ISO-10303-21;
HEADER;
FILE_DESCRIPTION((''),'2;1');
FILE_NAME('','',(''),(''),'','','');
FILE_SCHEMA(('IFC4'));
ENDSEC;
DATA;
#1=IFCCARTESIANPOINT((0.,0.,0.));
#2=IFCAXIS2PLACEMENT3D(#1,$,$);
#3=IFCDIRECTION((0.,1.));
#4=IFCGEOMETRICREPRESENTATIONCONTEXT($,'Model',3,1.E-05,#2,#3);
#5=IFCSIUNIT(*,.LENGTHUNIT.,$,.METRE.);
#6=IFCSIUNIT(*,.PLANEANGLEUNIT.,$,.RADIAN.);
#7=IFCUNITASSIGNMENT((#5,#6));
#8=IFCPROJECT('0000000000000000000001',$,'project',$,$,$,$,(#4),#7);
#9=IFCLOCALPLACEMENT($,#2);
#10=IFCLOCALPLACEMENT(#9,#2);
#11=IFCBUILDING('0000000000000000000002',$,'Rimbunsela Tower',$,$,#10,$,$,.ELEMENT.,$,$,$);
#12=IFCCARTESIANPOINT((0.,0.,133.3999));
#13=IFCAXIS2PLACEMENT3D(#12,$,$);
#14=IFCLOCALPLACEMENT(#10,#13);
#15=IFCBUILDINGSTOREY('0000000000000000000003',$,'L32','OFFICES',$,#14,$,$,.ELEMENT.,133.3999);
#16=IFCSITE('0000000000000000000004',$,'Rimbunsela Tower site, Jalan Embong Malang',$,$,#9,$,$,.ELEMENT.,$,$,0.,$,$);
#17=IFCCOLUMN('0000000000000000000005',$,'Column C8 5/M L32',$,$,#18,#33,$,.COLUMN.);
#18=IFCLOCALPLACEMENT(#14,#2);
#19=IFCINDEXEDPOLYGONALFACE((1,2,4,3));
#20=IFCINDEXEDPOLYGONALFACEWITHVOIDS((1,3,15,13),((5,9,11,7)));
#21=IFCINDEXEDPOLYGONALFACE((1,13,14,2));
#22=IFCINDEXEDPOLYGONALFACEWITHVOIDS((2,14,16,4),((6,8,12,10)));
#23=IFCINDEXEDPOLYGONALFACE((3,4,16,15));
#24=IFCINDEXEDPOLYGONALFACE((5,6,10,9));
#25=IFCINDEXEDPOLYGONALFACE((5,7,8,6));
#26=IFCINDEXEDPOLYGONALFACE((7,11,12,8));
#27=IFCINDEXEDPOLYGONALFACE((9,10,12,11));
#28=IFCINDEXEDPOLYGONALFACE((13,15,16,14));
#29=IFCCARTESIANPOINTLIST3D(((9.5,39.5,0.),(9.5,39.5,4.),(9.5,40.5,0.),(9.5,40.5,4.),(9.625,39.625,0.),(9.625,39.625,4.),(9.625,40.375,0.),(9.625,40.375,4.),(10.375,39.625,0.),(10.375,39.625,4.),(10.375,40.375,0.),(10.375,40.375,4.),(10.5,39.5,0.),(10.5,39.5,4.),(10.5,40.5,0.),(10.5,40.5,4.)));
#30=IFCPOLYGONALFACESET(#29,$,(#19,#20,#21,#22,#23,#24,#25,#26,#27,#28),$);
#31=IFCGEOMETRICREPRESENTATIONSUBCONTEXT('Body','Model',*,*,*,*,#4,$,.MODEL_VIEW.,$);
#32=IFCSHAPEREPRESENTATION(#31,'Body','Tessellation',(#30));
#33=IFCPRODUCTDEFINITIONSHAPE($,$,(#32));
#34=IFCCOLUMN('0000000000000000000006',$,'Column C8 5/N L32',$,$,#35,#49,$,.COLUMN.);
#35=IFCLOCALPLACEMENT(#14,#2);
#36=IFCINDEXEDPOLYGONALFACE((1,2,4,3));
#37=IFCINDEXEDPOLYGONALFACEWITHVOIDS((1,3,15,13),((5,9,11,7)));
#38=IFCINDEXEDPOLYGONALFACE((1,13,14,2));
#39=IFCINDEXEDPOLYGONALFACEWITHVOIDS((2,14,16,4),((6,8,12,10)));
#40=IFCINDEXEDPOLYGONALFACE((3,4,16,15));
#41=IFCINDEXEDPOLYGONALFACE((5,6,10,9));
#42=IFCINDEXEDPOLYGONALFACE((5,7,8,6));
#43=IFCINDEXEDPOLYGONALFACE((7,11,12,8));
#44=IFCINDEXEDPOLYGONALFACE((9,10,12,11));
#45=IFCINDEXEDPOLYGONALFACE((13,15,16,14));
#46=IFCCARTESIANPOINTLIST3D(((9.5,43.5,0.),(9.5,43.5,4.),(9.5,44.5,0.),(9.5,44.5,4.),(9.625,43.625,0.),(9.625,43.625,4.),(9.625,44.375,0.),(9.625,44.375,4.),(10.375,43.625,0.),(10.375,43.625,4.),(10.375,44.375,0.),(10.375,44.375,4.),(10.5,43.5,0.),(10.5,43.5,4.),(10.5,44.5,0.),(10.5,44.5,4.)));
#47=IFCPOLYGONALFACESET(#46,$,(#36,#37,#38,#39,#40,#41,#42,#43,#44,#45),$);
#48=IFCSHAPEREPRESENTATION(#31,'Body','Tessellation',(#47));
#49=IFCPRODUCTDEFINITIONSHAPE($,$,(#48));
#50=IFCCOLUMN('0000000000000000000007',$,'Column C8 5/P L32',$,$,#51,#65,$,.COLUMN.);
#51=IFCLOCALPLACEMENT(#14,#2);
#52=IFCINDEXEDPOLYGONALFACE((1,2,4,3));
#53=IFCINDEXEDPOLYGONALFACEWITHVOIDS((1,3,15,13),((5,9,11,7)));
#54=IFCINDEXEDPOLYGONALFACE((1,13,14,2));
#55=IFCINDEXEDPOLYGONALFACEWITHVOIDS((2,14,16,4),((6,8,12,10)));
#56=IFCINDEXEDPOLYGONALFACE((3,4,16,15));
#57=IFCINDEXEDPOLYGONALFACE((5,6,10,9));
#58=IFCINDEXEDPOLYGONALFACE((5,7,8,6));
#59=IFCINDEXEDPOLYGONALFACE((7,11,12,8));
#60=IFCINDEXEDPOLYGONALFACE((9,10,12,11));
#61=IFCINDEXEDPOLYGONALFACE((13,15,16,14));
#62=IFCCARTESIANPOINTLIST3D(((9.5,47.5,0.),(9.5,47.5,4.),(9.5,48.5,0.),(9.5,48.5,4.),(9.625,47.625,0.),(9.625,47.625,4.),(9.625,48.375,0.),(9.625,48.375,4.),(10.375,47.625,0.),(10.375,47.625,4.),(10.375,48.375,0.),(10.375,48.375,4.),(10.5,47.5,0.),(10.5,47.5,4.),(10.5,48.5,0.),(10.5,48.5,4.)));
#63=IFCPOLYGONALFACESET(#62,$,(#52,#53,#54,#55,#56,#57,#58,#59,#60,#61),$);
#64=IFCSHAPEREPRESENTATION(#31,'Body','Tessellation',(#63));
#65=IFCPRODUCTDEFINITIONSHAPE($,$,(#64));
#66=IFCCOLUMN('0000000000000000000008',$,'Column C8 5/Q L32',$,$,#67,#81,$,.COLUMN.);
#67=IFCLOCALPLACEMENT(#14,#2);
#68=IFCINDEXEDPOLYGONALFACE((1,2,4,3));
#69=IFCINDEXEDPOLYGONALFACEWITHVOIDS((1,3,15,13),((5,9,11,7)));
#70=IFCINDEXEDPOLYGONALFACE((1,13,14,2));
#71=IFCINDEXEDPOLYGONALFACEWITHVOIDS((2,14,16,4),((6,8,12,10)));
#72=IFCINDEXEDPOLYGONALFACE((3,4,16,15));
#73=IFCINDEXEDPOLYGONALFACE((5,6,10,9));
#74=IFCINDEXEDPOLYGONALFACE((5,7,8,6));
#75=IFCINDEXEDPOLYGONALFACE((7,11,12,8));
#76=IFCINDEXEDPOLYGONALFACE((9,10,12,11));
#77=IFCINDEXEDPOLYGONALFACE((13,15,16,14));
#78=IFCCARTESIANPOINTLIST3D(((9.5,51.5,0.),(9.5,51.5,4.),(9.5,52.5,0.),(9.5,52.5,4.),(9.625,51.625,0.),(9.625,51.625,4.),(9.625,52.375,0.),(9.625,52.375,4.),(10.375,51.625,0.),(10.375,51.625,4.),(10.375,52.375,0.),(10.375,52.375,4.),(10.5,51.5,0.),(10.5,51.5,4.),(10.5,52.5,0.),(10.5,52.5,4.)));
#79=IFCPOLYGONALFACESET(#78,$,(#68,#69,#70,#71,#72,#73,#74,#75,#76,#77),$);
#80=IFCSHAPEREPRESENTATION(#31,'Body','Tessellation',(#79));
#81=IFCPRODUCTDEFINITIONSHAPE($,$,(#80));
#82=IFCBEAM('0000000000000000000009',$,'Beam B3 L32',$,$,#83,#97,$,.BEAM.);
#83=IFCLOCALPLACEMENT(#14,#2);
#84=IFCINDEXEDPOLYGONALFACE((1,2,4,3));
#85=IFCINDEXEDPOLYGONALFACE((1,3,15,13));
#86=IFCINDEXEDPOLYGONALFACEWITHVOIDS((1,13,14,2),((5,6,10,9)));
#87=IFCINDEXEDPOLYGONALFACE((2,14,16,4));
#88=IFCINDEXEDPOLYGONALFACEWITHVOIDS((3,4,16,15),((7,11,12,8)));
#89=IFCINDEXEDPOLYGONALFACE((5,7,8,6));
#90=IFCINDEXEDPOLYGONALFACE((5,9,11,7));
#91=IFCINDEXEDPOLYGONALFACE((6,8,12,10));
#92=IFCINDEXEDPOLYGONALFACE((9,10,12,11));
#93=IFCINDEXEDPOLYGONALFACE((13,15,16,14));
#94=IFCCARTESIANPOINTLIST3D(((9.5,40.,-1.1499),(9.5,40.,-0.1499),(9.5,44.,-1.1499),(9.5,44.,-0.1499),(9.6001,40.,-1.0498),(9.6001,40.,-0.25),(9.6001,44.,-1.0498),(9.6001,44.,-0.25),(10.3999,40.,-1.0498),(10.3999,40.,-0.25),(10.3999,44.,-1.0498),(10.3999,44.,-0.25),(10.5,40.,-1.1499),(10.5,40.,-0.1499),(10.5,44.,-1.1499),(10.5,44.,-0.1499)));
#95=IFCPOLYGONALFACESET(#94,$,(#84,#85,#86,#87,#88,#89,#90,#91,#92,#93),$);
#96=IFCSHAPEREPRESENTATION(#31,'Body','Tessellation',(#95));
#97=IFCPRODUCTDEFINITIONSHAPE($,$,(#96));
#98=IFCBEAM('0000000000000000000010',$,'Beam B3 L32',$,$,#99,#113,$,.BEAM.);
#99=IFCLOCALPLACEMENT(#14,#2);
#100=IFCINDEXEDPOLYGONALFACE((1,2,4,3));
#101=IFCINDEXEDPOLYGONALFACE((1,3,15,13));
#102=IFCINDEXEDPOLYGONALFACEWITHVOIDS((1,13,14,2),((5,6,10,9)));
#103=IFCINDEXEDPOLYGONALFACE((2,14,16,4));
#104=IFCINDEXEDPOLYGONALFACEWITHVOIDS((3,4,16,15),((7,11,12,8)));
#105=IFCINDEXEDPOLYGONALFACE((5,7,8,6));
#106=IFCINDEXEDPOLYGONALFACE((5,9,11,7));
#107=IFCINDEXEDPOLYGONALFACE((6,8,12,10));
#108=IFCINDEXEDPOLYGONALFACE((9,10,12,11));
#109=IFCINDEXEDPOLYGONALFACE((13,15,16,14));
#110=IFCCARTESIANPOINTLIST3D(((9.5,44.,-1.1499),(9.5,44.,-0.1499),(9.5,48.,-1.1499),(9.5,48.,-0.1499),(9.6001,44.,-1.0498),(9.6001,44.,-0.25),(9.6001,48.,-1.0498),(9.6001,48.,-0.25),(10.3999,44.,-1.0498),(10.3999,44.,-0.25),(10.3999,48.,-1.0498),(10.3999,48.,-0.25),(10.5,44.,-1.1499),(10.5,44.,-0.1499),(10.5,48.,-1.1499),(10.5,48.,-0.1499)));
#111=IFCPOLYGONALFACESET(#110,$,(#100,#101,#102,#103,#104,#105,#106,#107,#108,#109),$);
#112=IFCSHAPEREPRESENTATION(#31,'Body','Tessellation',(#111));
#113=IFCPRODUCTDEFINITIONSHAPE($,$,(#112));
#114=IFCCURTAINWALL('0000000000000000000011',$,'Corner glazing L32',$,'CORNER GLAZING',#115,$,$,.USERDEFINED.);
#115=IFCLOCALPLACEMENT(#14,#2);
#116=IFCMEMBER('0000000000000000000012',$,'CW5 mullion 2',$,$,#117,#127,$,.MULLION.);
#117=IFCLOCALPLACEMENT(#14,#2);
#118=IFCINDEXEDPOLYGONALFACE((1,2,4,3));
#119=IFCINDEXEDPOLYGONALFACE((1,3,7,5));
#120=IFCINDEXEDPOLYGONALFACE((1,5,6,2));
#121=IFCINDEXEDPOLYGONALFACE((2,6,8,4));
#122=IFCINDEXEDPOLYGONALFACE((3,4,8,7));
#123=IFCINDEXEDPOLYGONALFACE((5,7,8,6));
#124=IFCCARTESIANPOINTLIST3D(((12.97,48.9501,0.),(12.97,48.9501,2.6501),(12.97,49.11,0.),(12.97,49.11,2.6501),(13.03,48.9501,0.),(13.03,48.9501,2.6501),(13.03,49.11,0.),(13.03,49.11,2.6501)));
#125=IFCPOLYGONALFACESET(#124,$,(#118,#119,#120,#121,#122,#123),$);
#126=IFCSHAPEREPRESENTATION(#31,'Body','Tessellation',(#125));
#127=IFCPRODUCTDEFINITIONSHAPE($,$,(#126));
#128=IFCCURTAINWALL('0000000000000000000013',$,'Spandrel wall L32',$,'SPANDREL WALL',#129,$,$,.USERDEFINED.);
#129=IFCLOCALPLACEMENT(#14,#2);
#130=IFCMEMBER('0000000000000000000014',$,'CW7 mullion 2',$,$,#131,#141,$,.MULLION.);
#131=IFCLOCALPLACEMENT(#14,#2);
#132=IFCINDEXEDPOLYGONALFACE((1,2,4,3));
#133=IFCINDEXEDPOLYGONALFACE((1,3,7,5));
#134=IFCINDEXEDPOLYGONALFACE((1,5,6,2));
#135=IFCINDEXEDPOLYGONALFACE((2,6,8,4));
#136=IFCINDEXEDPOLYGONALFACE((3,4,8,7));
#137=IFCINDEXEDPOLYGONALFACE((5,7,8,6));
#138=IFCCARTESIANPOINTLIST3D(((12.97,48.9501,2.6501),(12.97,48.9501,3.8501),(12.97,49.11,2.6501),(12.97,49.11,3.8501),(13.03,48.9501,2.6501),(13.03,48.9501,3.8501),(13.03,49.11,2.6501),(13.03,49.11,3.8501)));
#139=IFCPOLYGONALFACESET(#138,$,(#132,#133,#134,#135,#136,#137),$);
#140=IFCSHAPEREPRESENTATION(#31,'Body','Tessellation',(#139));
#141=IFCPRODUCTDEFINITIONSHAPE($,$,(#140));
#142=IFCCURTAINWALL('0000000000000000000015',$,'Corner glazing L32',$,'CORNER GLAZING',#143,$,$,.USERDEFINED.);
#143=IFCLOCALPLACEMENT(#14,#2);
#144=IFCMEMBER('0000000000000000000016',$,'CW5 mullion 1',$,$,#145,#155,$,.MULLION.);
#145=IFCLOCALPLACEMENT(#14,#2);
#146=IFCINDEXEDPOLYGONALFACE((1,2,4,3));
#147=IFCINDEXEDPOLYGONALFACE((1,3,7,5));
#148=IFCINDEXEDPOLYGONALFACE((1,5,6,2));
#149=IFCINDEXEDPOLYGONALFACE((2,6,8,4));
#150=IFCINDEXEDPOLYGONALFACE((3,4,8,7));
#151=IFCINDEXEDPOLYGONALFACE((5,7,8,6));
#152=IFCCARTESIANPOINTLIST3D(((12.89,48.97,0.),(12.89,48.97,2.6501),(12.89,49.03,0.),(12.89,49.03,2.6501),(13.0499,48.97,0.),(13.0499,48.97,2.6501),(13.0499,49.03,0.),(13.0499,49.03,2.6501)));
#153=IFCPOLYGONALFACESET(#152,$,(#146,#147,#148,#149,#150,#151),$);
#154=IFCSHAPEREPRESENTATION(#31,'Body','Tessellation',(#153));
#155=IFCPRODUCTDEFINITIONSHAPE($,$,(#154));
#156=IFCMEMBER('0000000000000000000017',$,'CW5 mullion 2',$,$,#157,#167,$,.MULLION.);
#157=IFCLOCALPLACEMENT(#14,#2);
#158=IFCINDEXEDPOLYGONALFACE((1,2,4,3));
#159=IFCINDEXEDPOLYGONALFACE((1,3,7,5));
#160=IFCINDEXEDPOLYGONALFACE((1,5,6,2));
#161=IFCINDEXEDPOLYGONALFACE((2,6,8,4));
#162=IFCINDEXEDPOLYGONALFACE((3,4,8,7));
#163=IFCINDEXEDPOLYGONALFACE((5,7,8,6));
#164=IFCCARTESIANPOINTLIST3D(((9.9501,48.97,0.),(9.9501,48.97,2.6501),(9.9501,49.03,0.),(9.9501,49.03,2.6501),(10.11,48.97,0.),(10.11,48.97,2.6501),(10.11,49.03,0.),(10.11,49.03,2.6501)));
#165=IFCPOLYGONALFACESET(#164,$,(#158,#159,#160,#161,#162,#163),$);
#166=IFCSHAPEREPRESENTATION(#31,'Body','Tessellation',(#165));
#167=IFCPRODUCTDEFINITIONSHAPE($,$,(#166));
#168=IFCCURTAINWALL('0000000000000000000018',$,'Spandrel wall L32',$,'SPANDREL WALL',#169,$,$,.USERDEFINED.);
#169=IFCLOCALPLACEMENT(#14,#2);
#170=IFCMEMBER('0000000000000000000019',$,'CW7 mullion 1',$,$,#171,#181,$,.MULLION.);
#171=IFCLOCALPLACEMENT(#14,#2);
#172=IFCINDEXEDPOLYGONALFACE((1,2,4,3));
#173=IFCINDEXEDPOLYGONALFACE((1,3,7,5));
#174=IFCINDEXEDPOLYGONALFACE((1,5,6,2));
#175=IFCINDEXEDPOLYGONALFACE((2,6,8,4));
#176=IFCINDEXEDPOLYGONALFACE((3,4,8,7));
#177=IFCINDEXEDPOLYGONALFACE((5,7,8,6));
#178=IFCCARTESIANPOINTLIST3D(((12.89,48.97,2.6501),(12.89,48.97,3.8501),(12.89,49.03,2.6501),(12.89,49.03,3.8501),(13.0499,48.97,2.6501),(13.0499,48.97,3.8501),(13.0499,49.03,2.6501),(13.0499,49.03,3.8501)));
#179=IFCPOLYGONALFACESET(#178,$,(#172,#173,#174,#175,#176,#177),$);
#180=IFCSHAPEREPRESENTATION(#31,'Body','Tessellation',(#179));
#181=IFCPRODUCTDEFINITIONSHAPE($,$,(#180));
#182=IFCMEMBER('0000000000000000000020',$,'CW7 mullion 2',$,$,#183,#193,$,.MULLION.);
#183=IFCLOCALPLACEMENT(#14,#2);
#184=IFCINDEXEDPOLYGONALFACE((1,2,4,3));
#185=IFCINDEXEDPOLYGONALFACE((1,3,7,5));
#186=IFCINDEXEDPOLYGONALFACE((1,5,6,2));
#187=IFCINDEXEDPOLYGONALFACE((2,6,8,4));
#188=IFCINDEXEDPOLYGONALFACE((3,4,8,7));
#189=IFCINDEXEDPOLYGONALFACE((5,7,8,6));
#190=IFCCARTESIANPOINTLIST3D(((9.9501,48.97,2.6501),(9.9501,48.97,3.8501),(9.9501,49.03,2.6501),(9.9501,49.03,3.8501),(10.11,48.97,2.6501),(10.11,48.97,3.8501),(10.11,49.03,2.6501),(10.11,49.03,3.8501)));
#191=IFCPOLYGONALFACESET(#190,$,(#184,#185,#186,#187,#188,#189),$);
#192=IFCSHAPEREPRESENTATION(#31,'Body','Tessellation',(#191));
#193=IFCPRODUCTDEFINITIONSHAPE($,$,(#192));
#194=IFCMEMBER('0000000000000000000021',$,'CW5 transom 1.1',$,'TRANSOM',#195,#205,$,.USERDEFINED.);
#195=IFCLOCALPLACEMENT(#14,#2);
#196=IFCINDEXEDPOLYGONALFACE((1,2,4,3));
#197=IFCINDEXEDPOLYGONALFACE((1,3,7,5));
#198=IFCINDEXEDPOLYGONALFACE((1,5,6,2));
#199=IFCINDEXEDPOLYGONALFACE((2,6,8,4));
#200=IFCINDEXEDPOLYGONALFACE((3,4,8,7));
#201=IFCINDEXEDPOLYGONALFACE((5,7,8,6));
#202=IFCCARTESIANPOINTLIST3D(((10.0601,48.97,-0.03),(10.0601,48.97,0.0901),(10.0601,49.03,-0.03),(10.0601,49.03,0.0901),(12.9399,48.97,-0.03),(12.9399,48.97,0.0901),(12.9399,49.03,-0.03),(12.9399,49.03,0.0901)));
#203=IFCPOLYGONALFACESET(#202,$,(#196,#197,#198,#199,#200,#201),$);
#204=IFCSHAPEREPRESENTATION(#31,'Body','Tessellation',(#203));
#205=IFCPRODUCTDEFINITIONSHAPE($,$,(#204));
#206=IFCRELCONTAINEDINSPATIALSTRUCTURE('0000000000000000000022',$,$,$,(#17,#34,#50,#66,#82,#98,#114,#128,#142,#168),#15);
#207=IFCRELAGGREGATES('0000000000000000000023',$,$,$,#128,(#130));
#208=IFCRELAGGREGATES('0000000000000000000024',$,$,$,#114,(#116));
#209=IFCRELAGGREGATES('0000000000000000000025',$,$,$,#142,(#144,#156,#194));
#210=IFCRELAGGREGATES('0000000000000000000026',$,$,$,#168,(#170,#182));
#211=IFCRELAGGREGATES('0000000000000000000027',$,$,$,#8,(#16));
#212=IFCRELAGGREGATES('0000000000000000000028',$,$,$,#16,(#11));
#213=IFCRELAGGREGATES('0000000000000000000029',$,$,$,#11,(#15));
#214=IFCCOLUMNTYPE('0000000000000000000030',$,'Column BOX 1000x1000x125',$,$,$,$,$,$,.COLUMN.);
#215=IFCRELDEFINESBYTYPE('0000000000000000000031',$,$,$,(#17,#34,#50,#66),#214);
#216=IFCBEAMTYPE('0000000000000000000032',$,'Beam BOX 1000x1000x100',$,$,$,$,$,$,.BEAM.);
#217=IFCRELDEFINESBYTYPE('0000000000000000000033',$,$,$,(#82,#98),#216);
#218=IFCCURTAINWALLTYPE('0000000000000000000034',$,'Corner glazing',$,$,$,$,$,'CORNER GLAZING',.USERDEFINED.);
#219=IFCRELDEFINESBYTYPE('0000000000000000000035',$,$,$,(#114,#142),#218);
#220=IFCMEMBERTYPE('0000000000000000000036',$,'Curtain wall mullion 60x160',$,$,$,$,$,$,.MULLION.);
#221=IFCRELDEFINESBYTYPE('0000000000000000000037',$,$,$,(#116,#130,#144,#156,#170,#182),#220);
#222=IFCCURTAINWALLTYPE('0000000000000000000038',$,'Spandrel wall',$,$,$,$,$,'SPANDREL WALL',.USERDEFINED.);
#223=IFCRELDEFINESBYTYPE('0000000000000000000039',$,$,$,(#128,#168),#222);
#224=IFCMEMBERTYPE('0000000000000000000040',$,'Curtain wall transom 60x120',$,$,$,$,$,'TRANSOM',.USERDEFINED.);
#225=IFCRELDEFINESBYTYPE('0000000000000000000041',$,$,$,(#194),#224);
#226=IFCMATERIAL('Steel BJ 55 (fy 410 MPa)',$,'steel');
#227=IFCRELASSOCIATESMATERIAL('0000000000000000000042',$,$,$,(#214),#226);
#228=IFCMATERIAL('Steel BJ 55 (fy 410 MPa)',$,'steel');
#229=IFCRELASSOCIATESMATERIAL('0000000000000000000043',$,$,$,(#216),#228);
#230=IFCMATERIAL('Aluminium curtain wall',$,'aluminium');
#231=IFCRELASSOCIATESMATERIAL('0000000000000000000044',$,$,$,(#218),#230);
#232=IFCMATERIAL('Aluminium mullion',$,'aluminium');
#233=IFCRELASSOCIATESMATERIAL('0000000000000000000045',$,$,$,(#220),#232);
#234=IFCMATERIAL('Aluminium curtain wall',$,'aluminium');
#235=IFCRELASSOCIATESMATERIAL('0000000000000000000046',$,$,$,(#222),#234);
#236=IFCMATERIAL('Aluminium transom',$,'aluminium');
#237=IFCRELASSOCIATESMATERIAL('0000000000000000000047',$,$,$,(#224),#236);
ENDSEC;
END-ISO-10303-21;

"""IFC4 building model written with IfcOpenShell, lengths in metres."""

from ifc_helpers import new_model, si_unit, direction, frame, origin, origin_2d, place, context, subcontext, project, spatial, rectangle, hollow_rectangle, extrude, material, material_profile, profile_set, type_object, element, aggregate, save


model = new_model("IFC4")

# Units and contexts
model_context = context("Model", 3, precision=1e-05, world=origin(), true_north=direction((0.0, 1.0)))
body_context = subcontext(model_context, "Body", "Model", "MODEL_VIEW")
ifc_project = project(units=[si_unit("LENGTHUNIT", "METRE"), si_unit("PLANEANGLEUNIT", "RADIAN")], contexts=[model_context])

# Site, building, storey
site_placement = place(None, origin())
site = spatial("IfcSite", under=ifc_project, at=site_placement, Name="Rimbunsela Tower site, Jalan Embong Malang", CompositionType="ELEMENT", RefElevation=0.0)
building_placement = place(site_placement, origin())
building = spatial("IfcBuilding", under=site, at=building_placement, Name="Rimbunsela Tower", CompositionType="ELEMENT")
storey_placement = place(building_placement, frame((0.0, 0.0, 133.3999)))
storey = spatial("IfcBuildingStorey", under=building, at=storey_placement, Name="L32", Description="OFFICES", CompositionType="ELEMENT", Elevation=133.3999)

# Columns
ifc_material_1 = material(Name="Steel BJ 55 (fy 410 MPa)", Category="steel")
ifc_material_profile_1 = material_profile(ifc_material_1, hollow_rectangle(XDim=1.0, YDim=1.0, WallThickness=0.125, at=origin_2d()), Name="BOX 1000x1000x125")
ifc_profile_set_1 = profile_set([ifc_material_profile_1], Name="Steel BJ 55 (fy 410 MPa)")
column_type = type_object("IfcColumnType", Name="Column BOX 1000x1000x125", PredefinedType="COLUMN", material=ifc_profile_set_1)
for number, where, z_axis, x_axis, name in (
    (1, (10.0, 40.0, 0.0), (0.0, 0.0, 1.0), (1.0, 0.0, 0.0), "Column C8 5/M L32"),
    (2, (10.0, 44.0, 0.0), (0.0, 0.0, 1.0), (1.0, 0.0, 0.0), "Column C8 5/N L32"),
    (3, (10.0, 48.0, 0.0), (0.0, 0.0, 1.0), (1.0, 0.0, 0.0), "Column C8 5/P L32"),
    (4, (10.0, 52.0, 0.0), (0.0, 0.0, 1.0), (1.0, 0.0, 0.0), "Column C8 5/Q L32"),
):
    element("IfcColumn", number, at=place(storey_placement, frame(where, z_axis=z_axis, x_axis=x_axis)), inside=storey, type_object=column_type, Name=name, PredefinedType="COLUMN", context=body_context, shape_type="SweptSolid", body=[
        extrude(hollow_rectangle(XDim=1.0, YDim=1.0, WallThickness=0.125, at=origin_2d()), origin(), (0.0, 0.0, 1.0), 4.0),
    ])

# Beams
ifc_material_2 = material(Name="Steel BJ 55 (fy 410 MPa)", Category="steel")
ifc_material_profile_2 = material_profile(ifc_material_2, hollow_rectangle(XDim=1.0, YDim=1.0, WallThickness=0.1001, at=origin_2d()), Name="BOX 1000x1000x100")
ifc_profile_set_2 = profile_set([ifc_material_profile_2], Name="Steel BJ 55 (fy 410 MPa)")
beam_type = type_object("IfcBeamType", Name="Beam BOX 1000x1000x100", PredefinedType="BEAM", material=ifc_profile_set_2)
for number, where, z_axis, x_axis, name in (
    (5, (10.0, 40.0, -0.6499), (0.0, 1.0, 0.0), (-1.0, 0.0, 0.0), "Beam B3 L32"),
    (6, (10.0, 44.0, -0.6499), (0.0, 1.0, 0.0), (-1.0, 0.0, 0.0), "Beam B3 L32"),
):
    element("IfcBeam", number, at=place(storey_placement, frame(where, z_axis=z_axis, x_axis=x_axis)), inside=storey, type_object=beam_type, Name=name, PredefinedType="BEAM", context=body_context, shape_type="SweptSolid", body=[
        extrude(hollow_rectangle(XDim=1.0, YDim=1.0, WallThickness=0.1001, at=origin_2d()), origin(), (0.0, 0.0, 1.0), 4.0),
    ])

# Curtain walls, members
ifc_material_3 = material(Name="Aluminium curtain wall", Category="aluminium")
curtain_wall_type_1 = type_object("IfcCurtainWallType", Name="Corner glazing", ElementType="CORNER GLAZING", PredefinedType="USERDEFINED", material=ifc_material_3)
curtain_wall_1_placement = place(storey_placement, origin())
curtain_wall_1 = element("IfcCurtainWall", 7, at=curtain_wall_1_placement, inside=storey, type_object=curtain_wall_type_1, Name="Corner glazing L32", ObjectType="CORNER GLAZING", PredefinedType="USERDEFINED")
ifc_material_4 = material(Name="Aluminium mullion", Category="aluminium")
ifc_material_profile_3 = material_profile(ifc_material_4, rectangle(XDim=0.0601, YDim=0.1599, at=origin_2d()), Name="Mullion 60x160")
ifc_profile_set_3 = profile_set([ifc_material_profile_3], Name="Aluminium mullion")
member_type_1 = type_object("IfcMemberType", Name="Curtain wall mullion 60x160", PredefinedType="MULLION", material=ifc_profile_set_3)
member_1_placement = place(storey_placement, frame((13.0, 49.03, 0.0), z_axis=(0.0, 0.0, 1.0), x_axis=(1.0, 0.0, 0.0)))
member_1 = element("IfcMember", 8, at=member_1_placement, type_object=member_type_1, Name="CW5 mullion 2", PredefinedType="MULLION", context=body_context, shape_type="SweptSolid", body=[
    extrude(rectangle(XDim=0.0601, YDim=0.1599, at=origin_2d()), origin(), (0.0, 0.0, 1.0), 2.6501),
])
ifc_material_5 = material(Name="Aluminium curtain wall", Category="aluminium")
curtain_wall_type_2 = type_object("IfcCurtainWallType", Name="Spandrel wall", ElementType="SPANDREL WALL", PredefinedType="USERDEFINED", material=ifc_material_5)
curtain_wall_2_placement = place(storey_placement, origin())
curtain_wall_2 = element("IfcCurtainWall", 9, at=curtain_wall_2_placement, inside=storey, type_object=curtain_wall_type_2, Name="Spandrel wall L32", ObjectType="SPANDREL WALL", PredefinedType="USERDEFINED")
member_2_placement = place(storey_placement, frame((13.0, 49.03, 2.6501), z_axis=(0.0, 0.0, 1.0), x_axis=(1.0, 0.0, 0.0)))
member_2 = element("IfcMember", 10, at=member_2_placement, type_object=member_type_1, Name="CW7 mullion 2", PredefinedType="MULLION", context=body_context, shape_type="SweptSolid", body=[
    extrude(rectangle(XDim=0.0601, YDim=0.1599, at=origin_2d()), origin(), (0.0, 0.0, 1.0), 1.2),
])
aggregate(curtain_wall_2, [member_2])

# Curtain walls, members
curtain_wall_3_placement = place(storey_placement, origin())
curtain_wall_3 = element("IfcCurtainWall", 11, at=curtain_wall_3_placement, inside=storey, type_object=curtain_wall_type_1, Name="Corner glazing L32", ObjectType="CORNER GLAZING", PredefinedType="USERDEFINED")
member_3_placement = place(storey_placement, frame((12.97, 49.0, 0.0), z_axis=(0.0, 0.0, 1.0), x_axis=(0.0, -1.0, 0.0)))
member_3 = element("IfcMember", 12, at=member_3_placement, type_object=member_type_1, Name="CW5 mullion 1", PredefinedType="MULLION", context=body_context, shape_type="SweptSolid", body=[
    extrude(rectangle(XDim=0.0601, YDim=0.1599, at=origin_2d()), origin(), (0.0, 0.0, 1.0), 2.6501),
])
member_4_placement = place(storey_placement, frame((10.03, 49.0, 0.0), z_axis=(0.0, 0.0, 1.0), x_axis=(0.0, -1.0, 0.0)))
member_4 = element("IfcMember", 13, at=member_4_placement, type_object=member_type_1, Name="CW5 mullion 2", PredefinedType="MULLION", context=body_context, shape_type="SweptSolid", body=[
    extrude(rectangle(XDim=0.0601, YDim=0.1599, at=origin_2d()), origin(), (0.0, 0.0, 1.0), 2.6501),
])
curtain_wall_4_placement = place(storey_placement, origin())
curtain_wall_4 = element("IfcCurtainWall", 14, at=curtain_wall_4_placement, inside=storey, type_object=curtain_wall_type_2, Name="Spandrel wall L32", ObjectType="SPANDREL WALL", PredefinedType="USERDEFINED")
member_5_placement = place(storey_placement, frame((12.97, 49.0, 2.6501), z_axis=(0.0, 0.0, 1.0), x_axis=(0.0, -1.0, 0.0)))
member_5 = element("IfcMember", 15, at=member_5_placement, type_object=member_type_1, Name="CW7 mullion 1", PredefinedType="MULLION", context=body_context, shape_type="SweptSolid", body=[
    extrude(rectangle(XDim=0.0601, YDim=0.1599, at=origin_2d()), origin(), (0.0, 0.0, 1.0), 1.2),
])
member_6_placement = place(storey_placement, frame((10.03, 49.0, 2.6501), z_axis=(0.0, 0.0, 1.0), x_axis=(0.0, -1.0, 0.0)))
member_6 = element("IfcMember", 16, at=member_6_placement, type_object=member_type_1, Name="CW7 mullion 2", PredefinedType="MULLION", context=body_context, shape_type="SweptSolid", body=[
    extrude(rectangle(XDim=0.0601, YDim=0.1599, at=origin_2d()), origin(), (0.0, 0.0, 1.0), 1.2),
])

# Member
ifc_material_6 = material(Name="Aluminium transom", Category="aluminium")
ifc_material_profile_4 = material_profile(ifc_material_6, rectangle(XDim=0.0601, YDim=0.1201, at=origin_2d()), Name="Transom 60x120")
ifc_profile_set_4 = profile_set([ifc_material_profile_4], Name="Aluminium transom")
member_type_2 = type_object("IfcMemberType", Name="Curtain wall transom 60x120", ElementType="TRANSOM", PredefinedType="USERDEFINED", material=ifc_profile_set_4)
member_7_placement = place(storey_placement, frame((12.9399, 49.0, 0.03), z_axis=(-1.0, 0.0, 0.0), x_axis=(0.0, -1.0, 0.0)))
member_7 = element("IfcMember", 17, at=member_7_placement, type_object=member_type_2, Name="CW5 transom 1.1", ObjectType="TRANSOM", PredefinedType="USERDEFINED", context=body_context, shape_type="SweptSolid", body=[
    extrude(rectangle(XDim=0.0601, YDim=0.1201, at=origin_2d()), origin(), (0.0, 0.0, 1.0), 2.8799),
])

aggregate(curtain_wall_1, [member_1])
aggregate(curtain_wall_3, [member_3, member_4, member_7])
aggregate(curtain_wall_4, [member_5, member_6])

save(model, "model.ifc")
